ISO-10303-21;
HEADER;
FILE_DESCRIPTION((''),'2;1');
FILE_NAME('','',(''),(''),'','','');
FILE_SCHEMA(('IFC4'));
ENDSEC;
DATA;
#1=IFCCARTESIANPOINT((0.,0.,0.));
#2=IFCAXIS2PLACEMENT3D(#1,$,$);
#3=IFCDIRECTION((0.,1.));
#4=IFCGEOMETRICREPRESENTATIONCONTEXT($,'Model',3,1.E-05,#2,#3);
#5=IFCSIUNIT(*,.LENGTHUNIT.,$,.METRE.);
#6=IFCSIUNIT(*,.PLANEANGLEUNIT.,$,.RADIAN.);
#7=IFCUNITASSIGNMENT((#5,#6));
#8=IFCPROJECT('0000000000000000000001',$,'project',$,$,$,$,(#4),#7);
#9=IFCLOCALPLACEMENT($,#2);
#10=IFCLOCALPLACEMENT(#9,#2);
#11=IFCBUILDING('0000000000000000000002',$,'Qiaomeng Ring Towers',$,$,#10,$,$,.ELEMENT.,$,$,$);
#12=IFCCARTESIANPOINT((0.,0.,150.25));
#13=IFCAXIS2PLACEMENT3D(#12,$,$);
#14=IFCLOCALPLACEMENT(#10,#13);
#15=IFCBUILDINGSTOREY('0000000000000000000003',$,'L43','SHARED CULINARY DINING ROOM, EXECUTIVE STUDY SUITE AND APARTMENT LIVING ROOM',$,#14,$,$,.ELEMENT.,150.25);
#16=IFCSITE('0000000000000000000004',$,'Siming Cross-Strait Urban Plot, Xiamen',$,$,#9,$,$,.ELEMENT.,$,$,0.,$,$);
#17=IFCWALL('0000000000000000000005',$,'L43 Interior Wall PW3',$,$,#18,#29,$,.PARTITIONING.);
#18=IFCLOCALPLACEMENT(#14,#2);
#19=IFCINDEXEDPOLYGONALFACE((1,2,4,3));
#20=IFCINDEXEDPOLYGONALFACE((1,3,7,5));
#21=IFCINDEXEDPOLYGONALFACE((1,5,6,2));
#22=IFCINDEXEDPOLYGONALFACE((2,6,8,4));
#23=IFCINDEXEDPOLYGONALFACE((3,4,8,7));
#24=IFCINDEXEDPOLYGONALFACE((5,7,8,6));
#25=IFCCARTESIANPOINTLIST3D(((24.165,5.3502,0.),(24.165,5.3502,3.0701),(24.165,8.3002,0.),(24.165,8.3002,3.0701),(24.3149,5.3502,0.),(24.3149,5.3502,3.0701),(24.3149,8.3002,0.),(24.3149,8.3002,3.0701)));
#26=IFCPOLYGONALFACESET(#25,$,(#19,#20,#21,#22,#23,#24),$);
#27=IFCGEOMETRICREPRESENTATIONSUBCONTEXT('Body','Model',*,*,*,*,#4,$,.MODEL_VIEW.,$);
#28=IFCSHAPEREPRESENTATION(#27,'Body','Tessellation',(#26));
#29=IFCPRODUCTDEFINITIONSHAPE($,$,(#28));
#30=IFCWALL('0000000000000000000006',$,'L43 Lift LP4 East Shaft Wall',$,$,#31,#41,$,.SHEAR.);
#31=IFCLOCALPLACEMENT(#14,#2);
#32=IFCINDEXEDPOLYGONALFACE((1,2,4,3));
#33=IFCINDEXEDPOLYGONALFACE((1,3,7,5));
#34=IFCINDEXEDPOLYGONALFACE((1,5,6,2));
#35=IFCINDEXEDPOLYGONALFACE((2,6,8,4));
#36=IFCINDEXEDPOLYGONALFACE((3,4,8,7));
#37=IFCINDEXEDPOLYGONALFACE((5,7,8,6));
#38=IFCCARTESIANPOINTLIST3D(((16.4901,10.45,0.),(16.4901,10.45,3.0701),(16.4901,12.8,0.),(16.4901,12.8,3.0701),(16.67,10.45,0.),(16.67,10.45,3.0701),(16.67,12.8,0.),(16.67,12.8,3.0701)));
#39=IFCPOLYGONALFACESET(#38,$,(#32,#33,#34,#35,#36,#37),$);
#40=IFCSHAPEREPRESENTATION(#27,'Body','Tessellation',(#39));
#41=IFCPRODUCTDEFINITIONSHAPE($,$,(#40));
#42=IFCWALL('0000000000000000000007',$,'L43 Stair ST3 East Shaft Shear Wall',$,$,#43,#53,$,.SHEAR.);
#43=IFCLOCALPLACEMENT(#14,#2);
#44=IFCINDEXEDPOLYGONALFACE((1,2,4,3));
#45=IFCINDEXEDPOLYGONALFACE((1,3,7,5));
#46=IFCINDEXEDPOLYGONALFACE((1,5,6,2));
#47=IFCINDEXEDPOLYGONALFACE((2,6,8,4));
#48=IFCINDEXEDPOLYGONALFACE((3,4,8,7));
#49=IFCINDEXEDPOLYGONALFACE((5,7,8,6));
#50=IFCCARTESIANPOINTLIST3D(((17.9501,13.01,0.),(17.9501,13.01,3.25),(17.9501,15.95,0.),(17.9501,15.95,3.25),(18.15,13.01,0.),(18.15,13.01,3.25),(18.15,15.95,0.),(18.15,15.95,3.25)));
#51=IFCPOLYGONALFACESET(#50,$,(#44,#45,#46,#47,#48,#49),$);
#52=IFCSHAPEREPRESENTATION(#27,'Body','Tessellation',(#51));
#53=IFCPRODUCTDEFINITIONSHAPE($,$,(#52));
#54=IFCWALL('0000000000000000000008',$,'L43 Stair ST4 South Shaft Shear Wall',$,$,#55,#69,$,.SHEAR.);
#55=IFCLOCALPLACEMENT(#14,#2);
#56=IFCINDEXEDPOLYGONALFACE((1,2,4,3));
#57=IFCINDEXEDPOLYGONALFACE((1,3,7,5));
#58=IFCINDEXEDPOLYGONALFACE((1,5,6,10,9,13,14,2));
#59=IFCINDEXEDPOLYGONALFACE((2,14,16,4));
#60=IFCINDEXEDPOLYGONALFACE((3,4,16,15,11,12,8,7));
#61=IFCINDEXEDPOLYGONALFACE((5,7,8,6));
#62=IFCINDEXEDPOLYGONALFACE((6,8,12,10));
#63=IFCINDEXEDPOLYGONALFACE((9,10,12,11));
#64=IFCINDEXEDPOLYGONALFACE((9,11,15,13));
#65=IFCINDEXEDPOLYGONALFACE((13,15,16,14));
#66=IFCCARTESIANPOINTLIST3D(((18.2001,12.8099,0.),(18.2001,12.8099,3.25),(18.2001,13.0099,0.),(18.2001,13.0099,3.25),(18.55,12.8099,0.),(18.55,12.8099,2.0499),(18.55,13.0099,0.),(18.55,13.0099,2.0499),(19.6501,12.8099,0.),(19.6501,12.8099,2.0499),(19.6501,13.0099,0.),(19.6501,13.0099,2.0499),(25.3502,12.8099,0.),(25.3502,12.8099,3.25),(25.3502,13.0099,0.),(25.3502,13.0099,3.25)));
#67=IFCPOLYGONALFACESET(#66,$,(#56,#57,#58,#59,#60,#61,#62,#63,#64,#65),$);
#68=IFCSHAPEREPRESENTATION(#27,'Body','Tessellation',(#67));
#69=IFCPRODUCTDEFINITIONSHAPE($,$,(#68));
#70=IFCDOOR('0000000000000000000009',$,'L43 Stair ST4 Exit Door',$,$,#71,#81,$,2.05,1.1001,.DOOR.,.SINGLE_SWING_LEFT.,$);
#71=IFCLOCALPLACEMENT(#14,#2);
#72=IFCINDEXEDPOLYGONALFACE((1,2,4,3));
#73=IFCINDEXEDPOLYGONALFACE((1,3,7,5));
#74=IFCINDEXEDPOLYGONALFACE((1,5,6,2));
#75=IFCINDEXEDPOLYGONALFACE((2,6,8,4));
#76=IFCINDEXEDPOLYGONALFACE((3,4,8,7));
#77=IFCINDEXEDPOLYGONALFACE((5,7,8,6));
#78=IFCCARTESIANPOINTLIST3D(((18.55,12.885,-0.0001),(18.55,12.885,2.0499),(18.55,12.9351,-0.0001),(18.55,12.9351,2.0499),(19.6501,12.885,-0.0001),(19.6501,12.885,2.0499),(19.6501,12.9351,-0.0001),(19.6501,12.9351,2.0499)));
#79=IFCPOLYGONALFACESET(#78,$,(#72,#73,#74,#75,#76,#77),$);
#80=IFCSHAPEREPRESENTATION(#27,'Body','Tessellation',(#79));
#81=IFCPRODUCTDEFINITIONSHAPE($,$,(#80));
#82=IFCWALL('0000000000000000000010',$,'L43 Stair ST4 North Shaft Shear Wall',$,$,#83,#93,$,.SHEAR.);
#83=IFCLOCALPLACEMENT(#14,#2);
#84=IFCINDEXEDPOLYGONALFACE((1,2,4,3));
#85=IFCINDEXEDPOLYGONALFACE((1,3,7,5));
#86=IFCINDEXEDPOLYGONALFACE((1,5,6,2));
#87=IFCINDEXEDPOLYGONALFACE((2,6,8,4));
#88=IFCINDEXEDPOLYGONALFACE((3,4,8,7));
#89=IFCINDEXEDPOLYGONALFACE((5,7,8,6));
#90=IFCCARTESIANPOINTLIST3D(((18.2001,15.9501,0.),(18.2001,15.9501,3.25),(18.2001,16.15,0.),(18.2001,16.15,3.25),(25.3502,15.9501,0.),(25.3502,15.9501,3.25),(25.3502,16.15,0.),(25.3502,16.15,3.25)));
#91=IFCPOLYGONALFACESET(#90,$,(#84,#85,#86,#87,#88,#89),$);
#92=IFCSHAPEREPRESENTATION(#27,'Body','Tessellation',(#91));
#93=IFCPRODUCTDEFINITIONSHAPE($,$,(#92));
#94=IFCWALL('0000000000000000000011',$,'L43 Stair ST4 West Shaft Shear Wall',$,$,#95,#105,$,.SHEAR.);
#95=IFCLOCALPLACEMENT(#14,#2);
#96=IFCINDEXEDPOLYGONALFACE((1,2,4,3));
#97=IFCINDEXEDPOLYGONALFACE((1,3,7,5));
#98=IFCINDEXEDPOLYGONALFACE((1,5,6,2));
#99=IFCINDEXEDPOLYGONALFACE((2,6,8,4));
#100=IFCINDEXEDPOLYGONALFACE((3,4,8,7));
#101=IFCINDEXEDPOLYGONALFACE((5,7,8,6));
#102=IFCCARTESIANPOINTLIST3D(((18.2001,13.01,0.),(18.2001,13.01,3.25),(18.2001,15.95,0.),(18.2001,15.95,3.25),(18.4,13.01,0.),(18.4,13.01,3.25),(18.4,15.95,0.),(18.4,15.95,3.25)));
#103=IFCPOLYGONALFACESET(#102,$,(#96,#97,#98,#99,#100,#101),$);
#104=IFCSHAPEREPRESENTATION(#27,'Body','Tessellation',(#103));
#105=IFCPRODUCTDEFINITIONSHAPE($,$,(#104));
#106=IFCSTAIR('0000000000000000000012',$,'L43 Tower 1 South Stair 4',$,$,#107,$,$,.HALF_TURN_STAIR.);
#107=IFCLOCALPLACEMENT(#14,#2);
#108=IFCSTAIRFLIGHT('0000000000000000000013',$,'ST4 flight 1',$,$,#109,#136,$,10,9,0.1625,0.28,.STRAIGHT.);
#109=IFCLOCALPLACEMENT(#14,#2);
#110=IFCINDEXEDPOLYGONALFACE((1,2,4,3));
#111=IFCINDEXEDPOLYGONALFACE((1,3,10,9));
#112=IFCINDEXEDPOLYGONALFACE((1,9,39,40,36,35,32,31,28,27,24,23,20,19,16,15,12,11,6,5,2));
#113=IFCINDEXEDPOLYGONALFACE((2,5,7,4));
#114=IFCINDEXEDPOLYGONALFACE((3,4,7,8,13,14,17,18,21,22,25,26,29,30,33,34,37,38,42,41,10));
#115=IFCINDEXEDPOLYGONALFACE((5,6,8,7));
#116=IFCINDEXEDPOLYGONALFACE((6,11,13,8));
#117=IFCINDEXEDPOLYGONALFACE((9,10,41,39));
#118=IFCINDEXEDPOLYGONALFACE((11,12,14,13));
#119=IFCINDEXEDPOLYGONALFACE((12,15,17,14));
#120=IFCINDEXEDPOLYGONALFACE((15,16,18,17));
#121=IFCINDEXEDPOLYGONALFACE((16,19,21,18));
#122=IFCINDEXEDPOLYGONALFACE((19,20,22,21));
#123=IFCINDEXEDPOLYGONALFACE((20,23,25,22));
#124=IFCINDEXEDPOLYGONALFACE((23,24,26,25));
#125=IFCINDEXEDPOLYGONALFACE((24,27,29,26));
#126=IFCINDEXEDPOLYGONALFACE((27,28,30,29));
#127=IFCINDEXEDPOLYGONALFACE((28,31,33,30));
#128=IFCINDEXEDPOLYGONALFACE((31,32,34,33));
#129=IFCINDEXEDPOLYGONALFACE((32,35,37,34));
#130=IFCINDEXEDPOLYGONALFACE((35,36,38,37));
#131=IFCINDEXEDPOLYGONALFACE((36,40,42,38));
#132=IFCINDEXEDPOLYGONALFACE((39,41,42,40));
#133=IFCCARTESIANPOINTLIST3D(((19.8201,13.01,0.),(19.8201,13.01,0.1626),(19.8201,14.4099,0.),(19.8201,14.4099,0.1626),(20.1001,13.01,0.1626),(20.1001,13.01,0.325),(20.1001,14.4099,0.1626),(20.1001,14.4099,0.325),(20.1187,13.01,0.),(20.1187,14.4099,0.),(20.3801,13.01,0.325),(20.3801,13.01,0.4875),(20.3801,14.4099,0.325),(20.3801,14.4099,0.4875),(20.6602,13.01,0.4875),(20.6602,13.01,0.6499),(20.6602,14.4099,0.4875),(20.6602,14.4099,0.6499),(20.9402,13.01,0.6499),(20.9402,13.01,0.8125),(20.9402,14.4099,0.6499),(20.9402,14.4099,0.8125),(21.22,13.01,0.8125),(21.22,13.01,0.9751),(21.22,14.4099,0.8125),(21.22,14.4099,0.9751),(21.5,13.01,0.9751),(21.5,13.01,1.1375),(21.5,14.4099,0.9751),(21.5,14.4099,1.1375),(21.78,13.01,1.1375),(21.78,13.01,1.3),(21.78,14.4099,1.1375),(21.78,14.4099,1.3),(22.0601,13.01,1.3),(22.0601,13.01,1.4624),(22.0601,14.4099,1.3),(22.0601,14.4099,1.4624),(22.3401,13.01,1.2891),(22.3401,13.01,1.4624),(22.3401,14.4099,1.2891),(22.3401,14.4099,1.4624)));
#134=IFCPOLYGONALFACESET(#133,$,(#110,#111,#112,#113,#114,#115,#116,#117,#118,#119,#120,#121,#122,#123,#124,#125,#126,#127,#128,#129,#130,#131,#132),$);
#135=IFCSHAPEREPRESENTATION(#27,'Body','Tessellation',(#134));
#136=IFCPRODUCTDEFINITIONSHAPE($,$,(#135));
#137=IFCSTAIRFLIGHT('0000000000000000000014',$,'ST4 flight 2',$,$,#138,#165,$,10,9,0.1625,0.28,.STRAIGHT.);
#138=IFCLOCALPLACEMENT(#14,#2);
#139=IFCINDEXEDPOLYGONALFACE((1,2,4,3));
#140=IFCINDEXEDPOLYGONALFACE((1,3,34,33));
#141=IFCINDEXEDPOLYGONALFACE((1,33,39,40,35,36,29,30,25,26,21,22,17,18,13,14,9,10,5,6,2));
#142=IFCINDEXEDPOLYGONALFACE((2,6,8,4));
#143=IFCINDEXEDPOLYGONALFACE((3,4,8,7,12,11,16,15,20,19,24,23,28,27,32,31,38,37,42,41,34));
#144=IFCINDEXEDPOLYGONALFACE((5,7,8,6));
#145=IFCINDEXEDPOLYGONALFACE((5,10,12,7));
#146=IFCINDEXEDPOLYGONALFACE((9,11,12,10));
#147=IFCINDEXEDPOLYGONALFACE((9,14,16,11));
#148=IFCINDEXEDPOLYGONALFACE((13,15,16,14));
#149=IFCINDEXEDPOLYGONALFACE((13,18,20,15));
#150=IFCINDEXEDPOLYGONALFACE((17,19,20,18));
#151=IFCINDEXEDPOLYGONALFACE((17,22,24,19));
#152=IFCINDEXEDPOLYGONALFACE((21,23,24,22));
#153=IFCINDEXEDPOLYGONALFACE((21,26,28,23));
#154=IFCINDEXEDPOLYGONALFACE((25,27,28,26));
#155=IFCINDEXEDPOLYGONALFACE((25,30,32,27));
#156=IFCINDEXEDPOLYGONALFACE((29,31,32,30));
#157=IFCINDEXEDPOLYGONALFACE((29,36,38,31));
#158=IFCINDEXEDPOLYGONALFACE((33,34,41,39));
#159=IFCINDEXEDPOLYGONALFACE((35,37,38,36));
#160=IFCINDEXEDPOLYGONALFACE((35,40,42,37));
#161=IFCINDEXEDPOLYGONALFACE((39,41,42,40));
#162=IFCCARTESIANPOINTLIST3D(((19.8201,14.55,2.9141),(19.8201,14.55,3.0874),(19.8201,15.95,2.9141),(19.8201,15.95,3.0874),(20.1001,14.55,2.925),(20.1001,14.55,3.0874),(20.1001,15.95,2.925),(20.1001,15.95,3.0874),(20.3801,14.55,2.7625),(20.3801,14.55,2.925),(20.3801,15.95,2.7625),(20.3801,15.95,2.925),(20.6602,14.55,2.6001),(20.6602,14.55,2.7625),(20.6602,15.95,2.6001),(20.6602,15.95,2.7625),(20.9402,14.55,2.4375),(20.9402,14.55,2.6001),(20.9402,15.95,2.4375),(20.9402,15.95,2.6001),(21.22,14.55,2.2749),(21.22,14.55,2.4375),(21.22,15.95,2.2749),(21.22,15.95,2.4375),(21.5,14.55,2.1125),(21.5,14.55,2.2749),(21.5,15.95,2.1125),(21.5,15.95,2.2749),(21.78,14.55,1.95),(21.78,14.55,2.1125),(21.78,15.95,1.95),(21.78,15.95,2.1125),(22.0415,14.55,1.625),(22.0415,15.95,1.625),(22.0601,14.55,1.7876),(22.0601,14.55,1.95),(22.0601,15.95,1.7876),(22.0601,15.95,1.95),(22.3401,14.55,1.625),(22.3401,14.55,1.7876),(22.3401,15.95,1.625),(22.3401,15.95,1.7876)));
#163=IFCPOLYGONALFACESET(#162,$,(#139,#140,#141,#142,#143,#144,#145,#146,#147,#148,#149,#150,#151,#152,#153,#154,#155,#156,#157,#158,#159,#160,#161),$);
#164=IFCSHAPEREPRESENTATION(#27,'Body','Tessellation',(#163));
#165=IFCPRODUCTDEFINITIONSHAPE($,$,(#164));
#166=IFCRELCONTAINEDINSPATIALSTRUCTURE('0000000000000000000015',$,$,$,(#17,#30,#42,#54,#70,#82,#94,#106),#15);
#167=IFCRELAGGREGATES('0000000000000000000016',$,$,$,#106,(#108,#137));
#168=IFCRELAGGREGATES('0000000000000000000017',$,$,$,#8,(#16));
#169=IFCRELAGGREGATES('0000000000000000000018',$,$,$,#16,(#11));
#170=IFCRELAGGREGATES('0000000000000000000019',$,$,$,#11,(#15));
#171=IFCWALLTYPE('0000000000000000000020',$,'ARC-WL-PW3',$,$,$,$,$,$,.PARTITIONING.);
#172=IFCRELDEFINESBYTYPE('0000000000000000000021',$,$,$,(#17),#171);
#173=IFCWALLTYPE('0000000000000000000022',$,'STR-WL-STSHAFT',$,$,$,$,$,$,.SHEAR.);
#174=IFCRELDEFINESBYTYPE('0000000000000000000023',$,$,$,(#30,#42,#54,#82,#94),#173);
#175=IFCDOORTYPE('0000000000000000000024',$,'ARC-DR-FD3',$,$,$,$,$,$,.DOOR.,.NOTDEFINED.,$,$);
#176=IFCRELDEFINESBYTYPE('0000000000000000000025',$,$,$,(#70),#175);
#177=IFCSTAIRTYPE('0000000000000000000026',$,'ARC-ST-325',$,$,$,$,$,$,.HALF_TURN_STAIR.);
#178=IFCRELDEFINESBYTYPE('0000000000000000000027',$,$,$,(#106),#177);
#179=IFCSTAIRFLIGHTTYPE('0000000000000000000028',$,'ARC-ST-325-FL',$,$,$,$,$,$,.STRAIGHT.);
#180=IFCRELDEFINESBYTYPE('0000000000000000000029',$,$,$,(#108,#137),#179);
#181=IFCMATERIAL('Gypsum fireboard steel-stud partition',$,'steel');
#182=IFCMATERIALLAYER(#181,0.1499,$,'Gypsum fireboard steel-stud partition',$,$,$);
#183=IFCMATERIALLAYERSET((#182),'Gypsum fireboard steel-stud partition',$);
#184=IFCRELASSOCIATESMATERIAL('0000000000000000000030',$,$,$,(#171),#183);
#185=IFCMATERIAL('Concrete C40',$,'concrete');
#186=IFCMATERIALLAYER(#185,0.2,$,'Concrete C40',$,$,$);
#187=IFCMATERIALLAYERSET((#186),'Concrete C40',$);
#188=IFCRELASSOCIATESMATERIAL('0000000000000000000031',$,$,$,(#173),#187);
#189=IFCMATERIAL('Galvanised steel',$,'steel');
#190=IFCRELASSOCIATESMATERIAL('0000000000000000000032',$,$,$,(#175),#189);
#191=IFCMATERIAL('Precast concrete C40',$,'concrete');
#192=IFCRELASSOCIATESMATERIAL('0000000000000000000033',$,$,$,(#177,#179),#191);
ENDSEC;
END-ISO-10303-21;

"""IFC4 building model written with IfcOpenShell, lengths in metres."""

from ifc_helpers import new_model, si_unit, direction, frame, frame_2d, origin, place, context, subcontext, project, spatial, polyline, rectangle, outline, extrude, source, transform, mapped, material, layer, layer_set, type_object, element, fill, aggregate, save


model = new_model("IFC4")

# Units and contexts
model_context = context("Model", 3, precision=1e-05, world=origin(), true_north=direction((0.0, 1.0)))
body_context = subcontext(model_context, "Body", "Model", "MODEL_VIEW")
ifc_project = project(units=[si_unit("LENGTHUNIT", "METRE"), si_unit("PLANEANGLEUNIT", "RADIAN")], contexts=[model_context])

# Site, building, storey
site_placement = place(None, origin())
site = spatial("IfcSite", under=ifc_project, at=site_placement, Name="Siming Cross-Strait Urban Plot, Xiamen", CompositionType="ELEMENT", RefElevation=0.0)
building_placement = place(site_placement, origin())
building = spatial("IfcBuilding", under=site, at=building_placement, Name="Qiaomeng Ring Towers", CompositionType="ELEMENT")
storey_placement = place(building_placement, frame((0.0, 0.0, 150.25)))
storey = spatial("IfcBuildingStorey", under=building, at=storey_placement, Name="L43", Description="SHARED CULINARY DINING ROOM, EXECUTIVE STUDY SUITE AND APARTMENT LIVING ROOM", CompositionType="ELEMENT", Elevation=150.25)

# Walls
ifc_material_1 = material(Name="Gypsum fireboard steel-stud partition", Category="steel")
ifc_layer_1 = layer(ifc_material_1, 0.1499, Name="Gypsum fireboard steel-stud partition")
ifc_layer_set_1 = layer_set([ifc_layer_1], Name="Gypsum fireboard steel-stud partition")
wall_type_1 = type_object("IfcWallType", Name="ARC-WL-PW3", PredefinedType="PARTITIONING", material=ifc_layer_set_1)
wall_1_placement = place(storey_placement, frame((24.24, 5.3501, 0.0), z_axis=(0.0, 0.0, 1.0), x_axis=(0.0, 1.0, 0.0)))
element("IfcWall", 1, at=wall_1_placement, inside=storey, type_object=wall_type_1, Name="L43 Interior Wall PW3", PredefinedType="PARTITIONING", context=body_context, shape_type="SweptSolid", body=[
    extrude(rectangle(XDim=2.95, YDim=0.1499, at=frame_2d((1.4751, 0.0))), origin(), (0.0, 0.0, 1.0), 3.0701),
])
ifc_material_2 = material(Name="Concrete C40", Category="concrete")
ifc_layer_2 = layer(ifc_material_2, 0.2, Name="Concrete C40")
ifc_layer_set_2 = layer_set([ifc_layer_2], Name="Concrete C40")
wall_type_2 = type_object("IfcWallType", Name="STR-WL-STSHAFT", PredefinedType="SHEAR", material=ifc_layer_set_2)
wall_2_placement = place(storey_placement, frame((16.5801, 10.45, 0.0), z_axis=(0.0, 0.0, 1.0), x_axis=(0.0, 1.0, 0.0)))
element("IfcWall", 2, at=wall_2_placement, inside=storey, type_object=wall_type_2, Name="L43 Lift LP4 East Shaft Wall", PredefinedType="SHEAR", context=body_context, shape_type="SweptSolid", body=[
    extrude(rectangle(XDim=2.3501, YDim=0.1799, at=frame_2d((1.175, 0.0))), origin(), (0.0, 0.0, 1.0), 3.0701),
])
wall_3_placement = place(storey_placement, frame((18.05, 13.01, 0.0), z_axis=(0.0, 0.0, 1.0), x_axis=(0.0, 1.0, 0.0)))
element("IfcWall", 3, at=wall_3_placement, inside=storey, type_object=wall_type_2, Name="L43 Stair ST3 East Shaft Shear Wall", PredefinedType="SHEAR", context=body_context, shape_type="SweptSolid", body=[
    extrude(rectangle(XDim=2.9399, YDim=0.2, at=frame_2d((1.47, 0.0))), origin(), (0.0, 0.0, 1.0), 3.25),
])

# Wall, opening, door
wall_4_placement = place(storey_placement, frame((18.2, 12.9099, 0.0), z_axis=(0.0, 0.0, 1.0), x_axis=(1.0, 0.0, 0.0)))
wall_4 = element("IfcWall", 4, at=wall_4_placement, inside=storey, type_object=wall_type_2, Name="L43 Stair ST4 South Shaft Shear Wall", PredefinedType="SHEAR", context=body_context, shape_type="SweptSolid", body=[
    extrude(rectangle(XDim=7.1501, YDim=0.2, at=frame_2d((3.5752, 0.0))), origin(), (0.0, 0.0, 1.0), 3.25),
])
opening_placement = place(wall_4_placement, frame((0.3501, 0.0, 0.0)))
opening = element("IfcOpeningElement", 5, at=opening_placement, cuts=wall_4, PredefinedType="OPENING", context=body_context, shape_type="SweptSolid", body=[
    extrude(rectangle(XDim=1.1001, YDim=2.05, at=frame_2d((0.55, 1.0249))), frame((0.0, 0.1099, 0.0), z_axis=(0.0, -1.0, 0.0), x_axis=(1.0, 0.0, 0.0)), (0.0, 0.0, 1.0), 0.22),
])
ifc_material_3 = material(Name="Galvanised steel", Category="steel")
door_type = type_object("IfcDoorType", Name="ARC-DR-FD3", OperationType="NOTDEFINED", PredefinedType="DOOR", material=ifc_material_3)
shared_shape_1 = source(origin(), body_context, "Body", "SweptSolid", [
    extrude(rectangle(XDim=1.1001, YDim=2.05, at=frame_2d((0.55, 1.0249))), frame((0.0, 0.0249, 0.0), z_axis=(0.0, -1.0, 0.0), x_axis=(1.0, 0.0, 0.0)), (0.0, 0.0, 1.0), 0.05),
])
door_placement = place(opening_placement, frame((1.1001, 0.0, 0.0), z_axis=(0.0, 0.0, 1.0), x_axis=(-1.0, 0.0, 0.0)))
door = element("IfcDoor", 6, at=door_placement, inside=storey, type_object=door_type, Name="L43 Stair ST4 Exit Door", OperationType="SINGLE_SWING_LEFT", OverallHeight=2.05, OverallWidth=1.1001, PredefinedType="DOOR", context=body_context, shape_type="MappedRepresentation", body=[
    mapped(shared_shape_1, transform((0.0, 0.0, 0.0), x_axis=(1.0, 0.0, 0.0), y_axis=(0.0, 1.0, 0.0), z_axis=(0.0, 0.0, 1.0), scale=1.0)),
])
fill(opening, door)

# Walls
wall_5_placement = place(storey_placement, frame((18.2, 16.05, 0.0), z_axis=(0.0, 0.0, 1.0), x_axis=(1.0, 0.0, 0.0)))
element("IfcWall", 7, at=wall_5_placement, inside=storey, type_object=wall_type_2, Name="L43 Stair ST4 North Shaft Shear Wall", PredefinedType="SHEAR", context=body_context, shape_type="SweptSolid", body=[
    extrude(rectangle(XDim=7.1501, YDim=0.2, at=frame_2d((3.5752, 0.0))), origin(), (0.0, 0.0, 1.0), 3.25),
])
wall_6_placement = place(storey_placement, frame((18.3, 13.01, 0.0), z_axis=(0.0, 0.0, 1.0), x_axis=(0.0, 1.0, 0.0)))
element("IfcWall", 8, at=wall_6_placement, inside=storey, type_object=wall_type_2, Name="L43 Stair ST4 West Shaft Shear Wall", PredefinedType="SHEAR", context=body_context, shape_type="SweptSolid", body=[
    extrude(rectangle(XDim=2.9399, YDim=0.2, at=frame_2d((1.47, 0.0))), origin(), (0.0, 0.0, 1.0), 3.25),
])

# Stair, stair flights
ifc_material_4 = material(Name="Precast concrete C40", Category="concrete")
stair_type = type_object("IfcStairType", Name="ARC-ST-325", PredefinedType="HALF_TURN_STAIR", material=ifc_material_4)
stair_placement = place(storey_placement, origin())
stair = element("IfcStair", 9, at=stair_placement, inside=storey, type_object=stair_type, Name="L43 Tower 1 South Stair 4", PredefinedType="HALF_TURN_STAIR")
stair_flight_type = type_object("IfcStairFlightType", Name="ARC-ST-325-FL", PredefinedType="STRAIGHT", material=ifc_material_4)
shared_shape_2 = source(origin(), body_context, "Body", "SweptSolid", [
    extrude(outline(polyline([(0.0, 0.0), (0.0, 0.1626), (0.28, 0.1626), (0.28, 0.325), (0.5601, 0.325), (0.5601, 0.4875), (0.8401, 0.4875), (0.8401, 0.6499), (1.1201, 0.6499), (1.1201, 0.8125), (1.3999, 0.8125), (1.3999, 0.9751), (1.6799, 0.9751), (1.6799, 1.1375), (1.96, 1.1375), (1.96, 1.3), (2.24, 1.3), (2.24, 1.4624), (2.52, 1.4624), (2.52, 1.625), (2.52, 1.2891), (0.2986, 0.0), (0.0, 0.0)])), frame((0.0, 0.7, 0.0), z_axis=(0.0, -1.0, 0.0), x_axis=(1.0, 0.0, 0.0)), (0.0, 0.0, 1.0), 1.3999),
])
stair_flight_1_placement = place(storey_placement, frame((19.8201, 13.71, 0.0), z_axis=(0.0, 0.0, 1.0), x_axis=(1.0, 0.0, 0.0)))
stair_flight_1 = element("IfcStairFlight", 10, at=stair_flight_1_placement, type_object=stair_flight_type, Name="ST4 flight 1", NumberOfRisers=10, NumberOfTreads=9, PredefinedType="STRAIGHT", RiserHeight=0.1625, TreadLength=0.28, context=body_context, shape_type="MappedRepresentation", body=[
    mapped(shared_shape_2, transform((0.0, 0.0, 0.0), x_axis=(1.0, 0.0, 0.0), y_axis=(0.0, 1.0, 0.0), z_axis=(0.0, 0.0, 1.0), scale=1.0)),
])
stair_flight_2_placement = place(storey_placement, frame((22.3401, 15.25, 1.625), z_axis=(0.0, 0.0, 1.0), x_axis=(-1.0, 0.0, 0.0)))
stair_flight_2 = element("IfcStairFlight", 11, at=stair_flight_2_placement, type_object=stair_flight_type, Name="ST4 flight 2", NumberOfRisers=10, NumberOfTreads=9, PredefinedType="STRAIGHT", RiserHeight=0.1625, TreadLength=0.28, context=body_context, shape_type="MappedRepresentation", body=[
    mapped(shared_shape_2, transform((0.0, 0.0, 0.0), x_axis=(1.0, 0.0, 0.0), y_axis=(0.0, 1.0, 0.0), z_axis=(0.0, 0.0, 1.0), scale=1.0)),
])
aggregate(stair, [stair_flight_1, stair_flight_2])

save(model, "model.ifc")
